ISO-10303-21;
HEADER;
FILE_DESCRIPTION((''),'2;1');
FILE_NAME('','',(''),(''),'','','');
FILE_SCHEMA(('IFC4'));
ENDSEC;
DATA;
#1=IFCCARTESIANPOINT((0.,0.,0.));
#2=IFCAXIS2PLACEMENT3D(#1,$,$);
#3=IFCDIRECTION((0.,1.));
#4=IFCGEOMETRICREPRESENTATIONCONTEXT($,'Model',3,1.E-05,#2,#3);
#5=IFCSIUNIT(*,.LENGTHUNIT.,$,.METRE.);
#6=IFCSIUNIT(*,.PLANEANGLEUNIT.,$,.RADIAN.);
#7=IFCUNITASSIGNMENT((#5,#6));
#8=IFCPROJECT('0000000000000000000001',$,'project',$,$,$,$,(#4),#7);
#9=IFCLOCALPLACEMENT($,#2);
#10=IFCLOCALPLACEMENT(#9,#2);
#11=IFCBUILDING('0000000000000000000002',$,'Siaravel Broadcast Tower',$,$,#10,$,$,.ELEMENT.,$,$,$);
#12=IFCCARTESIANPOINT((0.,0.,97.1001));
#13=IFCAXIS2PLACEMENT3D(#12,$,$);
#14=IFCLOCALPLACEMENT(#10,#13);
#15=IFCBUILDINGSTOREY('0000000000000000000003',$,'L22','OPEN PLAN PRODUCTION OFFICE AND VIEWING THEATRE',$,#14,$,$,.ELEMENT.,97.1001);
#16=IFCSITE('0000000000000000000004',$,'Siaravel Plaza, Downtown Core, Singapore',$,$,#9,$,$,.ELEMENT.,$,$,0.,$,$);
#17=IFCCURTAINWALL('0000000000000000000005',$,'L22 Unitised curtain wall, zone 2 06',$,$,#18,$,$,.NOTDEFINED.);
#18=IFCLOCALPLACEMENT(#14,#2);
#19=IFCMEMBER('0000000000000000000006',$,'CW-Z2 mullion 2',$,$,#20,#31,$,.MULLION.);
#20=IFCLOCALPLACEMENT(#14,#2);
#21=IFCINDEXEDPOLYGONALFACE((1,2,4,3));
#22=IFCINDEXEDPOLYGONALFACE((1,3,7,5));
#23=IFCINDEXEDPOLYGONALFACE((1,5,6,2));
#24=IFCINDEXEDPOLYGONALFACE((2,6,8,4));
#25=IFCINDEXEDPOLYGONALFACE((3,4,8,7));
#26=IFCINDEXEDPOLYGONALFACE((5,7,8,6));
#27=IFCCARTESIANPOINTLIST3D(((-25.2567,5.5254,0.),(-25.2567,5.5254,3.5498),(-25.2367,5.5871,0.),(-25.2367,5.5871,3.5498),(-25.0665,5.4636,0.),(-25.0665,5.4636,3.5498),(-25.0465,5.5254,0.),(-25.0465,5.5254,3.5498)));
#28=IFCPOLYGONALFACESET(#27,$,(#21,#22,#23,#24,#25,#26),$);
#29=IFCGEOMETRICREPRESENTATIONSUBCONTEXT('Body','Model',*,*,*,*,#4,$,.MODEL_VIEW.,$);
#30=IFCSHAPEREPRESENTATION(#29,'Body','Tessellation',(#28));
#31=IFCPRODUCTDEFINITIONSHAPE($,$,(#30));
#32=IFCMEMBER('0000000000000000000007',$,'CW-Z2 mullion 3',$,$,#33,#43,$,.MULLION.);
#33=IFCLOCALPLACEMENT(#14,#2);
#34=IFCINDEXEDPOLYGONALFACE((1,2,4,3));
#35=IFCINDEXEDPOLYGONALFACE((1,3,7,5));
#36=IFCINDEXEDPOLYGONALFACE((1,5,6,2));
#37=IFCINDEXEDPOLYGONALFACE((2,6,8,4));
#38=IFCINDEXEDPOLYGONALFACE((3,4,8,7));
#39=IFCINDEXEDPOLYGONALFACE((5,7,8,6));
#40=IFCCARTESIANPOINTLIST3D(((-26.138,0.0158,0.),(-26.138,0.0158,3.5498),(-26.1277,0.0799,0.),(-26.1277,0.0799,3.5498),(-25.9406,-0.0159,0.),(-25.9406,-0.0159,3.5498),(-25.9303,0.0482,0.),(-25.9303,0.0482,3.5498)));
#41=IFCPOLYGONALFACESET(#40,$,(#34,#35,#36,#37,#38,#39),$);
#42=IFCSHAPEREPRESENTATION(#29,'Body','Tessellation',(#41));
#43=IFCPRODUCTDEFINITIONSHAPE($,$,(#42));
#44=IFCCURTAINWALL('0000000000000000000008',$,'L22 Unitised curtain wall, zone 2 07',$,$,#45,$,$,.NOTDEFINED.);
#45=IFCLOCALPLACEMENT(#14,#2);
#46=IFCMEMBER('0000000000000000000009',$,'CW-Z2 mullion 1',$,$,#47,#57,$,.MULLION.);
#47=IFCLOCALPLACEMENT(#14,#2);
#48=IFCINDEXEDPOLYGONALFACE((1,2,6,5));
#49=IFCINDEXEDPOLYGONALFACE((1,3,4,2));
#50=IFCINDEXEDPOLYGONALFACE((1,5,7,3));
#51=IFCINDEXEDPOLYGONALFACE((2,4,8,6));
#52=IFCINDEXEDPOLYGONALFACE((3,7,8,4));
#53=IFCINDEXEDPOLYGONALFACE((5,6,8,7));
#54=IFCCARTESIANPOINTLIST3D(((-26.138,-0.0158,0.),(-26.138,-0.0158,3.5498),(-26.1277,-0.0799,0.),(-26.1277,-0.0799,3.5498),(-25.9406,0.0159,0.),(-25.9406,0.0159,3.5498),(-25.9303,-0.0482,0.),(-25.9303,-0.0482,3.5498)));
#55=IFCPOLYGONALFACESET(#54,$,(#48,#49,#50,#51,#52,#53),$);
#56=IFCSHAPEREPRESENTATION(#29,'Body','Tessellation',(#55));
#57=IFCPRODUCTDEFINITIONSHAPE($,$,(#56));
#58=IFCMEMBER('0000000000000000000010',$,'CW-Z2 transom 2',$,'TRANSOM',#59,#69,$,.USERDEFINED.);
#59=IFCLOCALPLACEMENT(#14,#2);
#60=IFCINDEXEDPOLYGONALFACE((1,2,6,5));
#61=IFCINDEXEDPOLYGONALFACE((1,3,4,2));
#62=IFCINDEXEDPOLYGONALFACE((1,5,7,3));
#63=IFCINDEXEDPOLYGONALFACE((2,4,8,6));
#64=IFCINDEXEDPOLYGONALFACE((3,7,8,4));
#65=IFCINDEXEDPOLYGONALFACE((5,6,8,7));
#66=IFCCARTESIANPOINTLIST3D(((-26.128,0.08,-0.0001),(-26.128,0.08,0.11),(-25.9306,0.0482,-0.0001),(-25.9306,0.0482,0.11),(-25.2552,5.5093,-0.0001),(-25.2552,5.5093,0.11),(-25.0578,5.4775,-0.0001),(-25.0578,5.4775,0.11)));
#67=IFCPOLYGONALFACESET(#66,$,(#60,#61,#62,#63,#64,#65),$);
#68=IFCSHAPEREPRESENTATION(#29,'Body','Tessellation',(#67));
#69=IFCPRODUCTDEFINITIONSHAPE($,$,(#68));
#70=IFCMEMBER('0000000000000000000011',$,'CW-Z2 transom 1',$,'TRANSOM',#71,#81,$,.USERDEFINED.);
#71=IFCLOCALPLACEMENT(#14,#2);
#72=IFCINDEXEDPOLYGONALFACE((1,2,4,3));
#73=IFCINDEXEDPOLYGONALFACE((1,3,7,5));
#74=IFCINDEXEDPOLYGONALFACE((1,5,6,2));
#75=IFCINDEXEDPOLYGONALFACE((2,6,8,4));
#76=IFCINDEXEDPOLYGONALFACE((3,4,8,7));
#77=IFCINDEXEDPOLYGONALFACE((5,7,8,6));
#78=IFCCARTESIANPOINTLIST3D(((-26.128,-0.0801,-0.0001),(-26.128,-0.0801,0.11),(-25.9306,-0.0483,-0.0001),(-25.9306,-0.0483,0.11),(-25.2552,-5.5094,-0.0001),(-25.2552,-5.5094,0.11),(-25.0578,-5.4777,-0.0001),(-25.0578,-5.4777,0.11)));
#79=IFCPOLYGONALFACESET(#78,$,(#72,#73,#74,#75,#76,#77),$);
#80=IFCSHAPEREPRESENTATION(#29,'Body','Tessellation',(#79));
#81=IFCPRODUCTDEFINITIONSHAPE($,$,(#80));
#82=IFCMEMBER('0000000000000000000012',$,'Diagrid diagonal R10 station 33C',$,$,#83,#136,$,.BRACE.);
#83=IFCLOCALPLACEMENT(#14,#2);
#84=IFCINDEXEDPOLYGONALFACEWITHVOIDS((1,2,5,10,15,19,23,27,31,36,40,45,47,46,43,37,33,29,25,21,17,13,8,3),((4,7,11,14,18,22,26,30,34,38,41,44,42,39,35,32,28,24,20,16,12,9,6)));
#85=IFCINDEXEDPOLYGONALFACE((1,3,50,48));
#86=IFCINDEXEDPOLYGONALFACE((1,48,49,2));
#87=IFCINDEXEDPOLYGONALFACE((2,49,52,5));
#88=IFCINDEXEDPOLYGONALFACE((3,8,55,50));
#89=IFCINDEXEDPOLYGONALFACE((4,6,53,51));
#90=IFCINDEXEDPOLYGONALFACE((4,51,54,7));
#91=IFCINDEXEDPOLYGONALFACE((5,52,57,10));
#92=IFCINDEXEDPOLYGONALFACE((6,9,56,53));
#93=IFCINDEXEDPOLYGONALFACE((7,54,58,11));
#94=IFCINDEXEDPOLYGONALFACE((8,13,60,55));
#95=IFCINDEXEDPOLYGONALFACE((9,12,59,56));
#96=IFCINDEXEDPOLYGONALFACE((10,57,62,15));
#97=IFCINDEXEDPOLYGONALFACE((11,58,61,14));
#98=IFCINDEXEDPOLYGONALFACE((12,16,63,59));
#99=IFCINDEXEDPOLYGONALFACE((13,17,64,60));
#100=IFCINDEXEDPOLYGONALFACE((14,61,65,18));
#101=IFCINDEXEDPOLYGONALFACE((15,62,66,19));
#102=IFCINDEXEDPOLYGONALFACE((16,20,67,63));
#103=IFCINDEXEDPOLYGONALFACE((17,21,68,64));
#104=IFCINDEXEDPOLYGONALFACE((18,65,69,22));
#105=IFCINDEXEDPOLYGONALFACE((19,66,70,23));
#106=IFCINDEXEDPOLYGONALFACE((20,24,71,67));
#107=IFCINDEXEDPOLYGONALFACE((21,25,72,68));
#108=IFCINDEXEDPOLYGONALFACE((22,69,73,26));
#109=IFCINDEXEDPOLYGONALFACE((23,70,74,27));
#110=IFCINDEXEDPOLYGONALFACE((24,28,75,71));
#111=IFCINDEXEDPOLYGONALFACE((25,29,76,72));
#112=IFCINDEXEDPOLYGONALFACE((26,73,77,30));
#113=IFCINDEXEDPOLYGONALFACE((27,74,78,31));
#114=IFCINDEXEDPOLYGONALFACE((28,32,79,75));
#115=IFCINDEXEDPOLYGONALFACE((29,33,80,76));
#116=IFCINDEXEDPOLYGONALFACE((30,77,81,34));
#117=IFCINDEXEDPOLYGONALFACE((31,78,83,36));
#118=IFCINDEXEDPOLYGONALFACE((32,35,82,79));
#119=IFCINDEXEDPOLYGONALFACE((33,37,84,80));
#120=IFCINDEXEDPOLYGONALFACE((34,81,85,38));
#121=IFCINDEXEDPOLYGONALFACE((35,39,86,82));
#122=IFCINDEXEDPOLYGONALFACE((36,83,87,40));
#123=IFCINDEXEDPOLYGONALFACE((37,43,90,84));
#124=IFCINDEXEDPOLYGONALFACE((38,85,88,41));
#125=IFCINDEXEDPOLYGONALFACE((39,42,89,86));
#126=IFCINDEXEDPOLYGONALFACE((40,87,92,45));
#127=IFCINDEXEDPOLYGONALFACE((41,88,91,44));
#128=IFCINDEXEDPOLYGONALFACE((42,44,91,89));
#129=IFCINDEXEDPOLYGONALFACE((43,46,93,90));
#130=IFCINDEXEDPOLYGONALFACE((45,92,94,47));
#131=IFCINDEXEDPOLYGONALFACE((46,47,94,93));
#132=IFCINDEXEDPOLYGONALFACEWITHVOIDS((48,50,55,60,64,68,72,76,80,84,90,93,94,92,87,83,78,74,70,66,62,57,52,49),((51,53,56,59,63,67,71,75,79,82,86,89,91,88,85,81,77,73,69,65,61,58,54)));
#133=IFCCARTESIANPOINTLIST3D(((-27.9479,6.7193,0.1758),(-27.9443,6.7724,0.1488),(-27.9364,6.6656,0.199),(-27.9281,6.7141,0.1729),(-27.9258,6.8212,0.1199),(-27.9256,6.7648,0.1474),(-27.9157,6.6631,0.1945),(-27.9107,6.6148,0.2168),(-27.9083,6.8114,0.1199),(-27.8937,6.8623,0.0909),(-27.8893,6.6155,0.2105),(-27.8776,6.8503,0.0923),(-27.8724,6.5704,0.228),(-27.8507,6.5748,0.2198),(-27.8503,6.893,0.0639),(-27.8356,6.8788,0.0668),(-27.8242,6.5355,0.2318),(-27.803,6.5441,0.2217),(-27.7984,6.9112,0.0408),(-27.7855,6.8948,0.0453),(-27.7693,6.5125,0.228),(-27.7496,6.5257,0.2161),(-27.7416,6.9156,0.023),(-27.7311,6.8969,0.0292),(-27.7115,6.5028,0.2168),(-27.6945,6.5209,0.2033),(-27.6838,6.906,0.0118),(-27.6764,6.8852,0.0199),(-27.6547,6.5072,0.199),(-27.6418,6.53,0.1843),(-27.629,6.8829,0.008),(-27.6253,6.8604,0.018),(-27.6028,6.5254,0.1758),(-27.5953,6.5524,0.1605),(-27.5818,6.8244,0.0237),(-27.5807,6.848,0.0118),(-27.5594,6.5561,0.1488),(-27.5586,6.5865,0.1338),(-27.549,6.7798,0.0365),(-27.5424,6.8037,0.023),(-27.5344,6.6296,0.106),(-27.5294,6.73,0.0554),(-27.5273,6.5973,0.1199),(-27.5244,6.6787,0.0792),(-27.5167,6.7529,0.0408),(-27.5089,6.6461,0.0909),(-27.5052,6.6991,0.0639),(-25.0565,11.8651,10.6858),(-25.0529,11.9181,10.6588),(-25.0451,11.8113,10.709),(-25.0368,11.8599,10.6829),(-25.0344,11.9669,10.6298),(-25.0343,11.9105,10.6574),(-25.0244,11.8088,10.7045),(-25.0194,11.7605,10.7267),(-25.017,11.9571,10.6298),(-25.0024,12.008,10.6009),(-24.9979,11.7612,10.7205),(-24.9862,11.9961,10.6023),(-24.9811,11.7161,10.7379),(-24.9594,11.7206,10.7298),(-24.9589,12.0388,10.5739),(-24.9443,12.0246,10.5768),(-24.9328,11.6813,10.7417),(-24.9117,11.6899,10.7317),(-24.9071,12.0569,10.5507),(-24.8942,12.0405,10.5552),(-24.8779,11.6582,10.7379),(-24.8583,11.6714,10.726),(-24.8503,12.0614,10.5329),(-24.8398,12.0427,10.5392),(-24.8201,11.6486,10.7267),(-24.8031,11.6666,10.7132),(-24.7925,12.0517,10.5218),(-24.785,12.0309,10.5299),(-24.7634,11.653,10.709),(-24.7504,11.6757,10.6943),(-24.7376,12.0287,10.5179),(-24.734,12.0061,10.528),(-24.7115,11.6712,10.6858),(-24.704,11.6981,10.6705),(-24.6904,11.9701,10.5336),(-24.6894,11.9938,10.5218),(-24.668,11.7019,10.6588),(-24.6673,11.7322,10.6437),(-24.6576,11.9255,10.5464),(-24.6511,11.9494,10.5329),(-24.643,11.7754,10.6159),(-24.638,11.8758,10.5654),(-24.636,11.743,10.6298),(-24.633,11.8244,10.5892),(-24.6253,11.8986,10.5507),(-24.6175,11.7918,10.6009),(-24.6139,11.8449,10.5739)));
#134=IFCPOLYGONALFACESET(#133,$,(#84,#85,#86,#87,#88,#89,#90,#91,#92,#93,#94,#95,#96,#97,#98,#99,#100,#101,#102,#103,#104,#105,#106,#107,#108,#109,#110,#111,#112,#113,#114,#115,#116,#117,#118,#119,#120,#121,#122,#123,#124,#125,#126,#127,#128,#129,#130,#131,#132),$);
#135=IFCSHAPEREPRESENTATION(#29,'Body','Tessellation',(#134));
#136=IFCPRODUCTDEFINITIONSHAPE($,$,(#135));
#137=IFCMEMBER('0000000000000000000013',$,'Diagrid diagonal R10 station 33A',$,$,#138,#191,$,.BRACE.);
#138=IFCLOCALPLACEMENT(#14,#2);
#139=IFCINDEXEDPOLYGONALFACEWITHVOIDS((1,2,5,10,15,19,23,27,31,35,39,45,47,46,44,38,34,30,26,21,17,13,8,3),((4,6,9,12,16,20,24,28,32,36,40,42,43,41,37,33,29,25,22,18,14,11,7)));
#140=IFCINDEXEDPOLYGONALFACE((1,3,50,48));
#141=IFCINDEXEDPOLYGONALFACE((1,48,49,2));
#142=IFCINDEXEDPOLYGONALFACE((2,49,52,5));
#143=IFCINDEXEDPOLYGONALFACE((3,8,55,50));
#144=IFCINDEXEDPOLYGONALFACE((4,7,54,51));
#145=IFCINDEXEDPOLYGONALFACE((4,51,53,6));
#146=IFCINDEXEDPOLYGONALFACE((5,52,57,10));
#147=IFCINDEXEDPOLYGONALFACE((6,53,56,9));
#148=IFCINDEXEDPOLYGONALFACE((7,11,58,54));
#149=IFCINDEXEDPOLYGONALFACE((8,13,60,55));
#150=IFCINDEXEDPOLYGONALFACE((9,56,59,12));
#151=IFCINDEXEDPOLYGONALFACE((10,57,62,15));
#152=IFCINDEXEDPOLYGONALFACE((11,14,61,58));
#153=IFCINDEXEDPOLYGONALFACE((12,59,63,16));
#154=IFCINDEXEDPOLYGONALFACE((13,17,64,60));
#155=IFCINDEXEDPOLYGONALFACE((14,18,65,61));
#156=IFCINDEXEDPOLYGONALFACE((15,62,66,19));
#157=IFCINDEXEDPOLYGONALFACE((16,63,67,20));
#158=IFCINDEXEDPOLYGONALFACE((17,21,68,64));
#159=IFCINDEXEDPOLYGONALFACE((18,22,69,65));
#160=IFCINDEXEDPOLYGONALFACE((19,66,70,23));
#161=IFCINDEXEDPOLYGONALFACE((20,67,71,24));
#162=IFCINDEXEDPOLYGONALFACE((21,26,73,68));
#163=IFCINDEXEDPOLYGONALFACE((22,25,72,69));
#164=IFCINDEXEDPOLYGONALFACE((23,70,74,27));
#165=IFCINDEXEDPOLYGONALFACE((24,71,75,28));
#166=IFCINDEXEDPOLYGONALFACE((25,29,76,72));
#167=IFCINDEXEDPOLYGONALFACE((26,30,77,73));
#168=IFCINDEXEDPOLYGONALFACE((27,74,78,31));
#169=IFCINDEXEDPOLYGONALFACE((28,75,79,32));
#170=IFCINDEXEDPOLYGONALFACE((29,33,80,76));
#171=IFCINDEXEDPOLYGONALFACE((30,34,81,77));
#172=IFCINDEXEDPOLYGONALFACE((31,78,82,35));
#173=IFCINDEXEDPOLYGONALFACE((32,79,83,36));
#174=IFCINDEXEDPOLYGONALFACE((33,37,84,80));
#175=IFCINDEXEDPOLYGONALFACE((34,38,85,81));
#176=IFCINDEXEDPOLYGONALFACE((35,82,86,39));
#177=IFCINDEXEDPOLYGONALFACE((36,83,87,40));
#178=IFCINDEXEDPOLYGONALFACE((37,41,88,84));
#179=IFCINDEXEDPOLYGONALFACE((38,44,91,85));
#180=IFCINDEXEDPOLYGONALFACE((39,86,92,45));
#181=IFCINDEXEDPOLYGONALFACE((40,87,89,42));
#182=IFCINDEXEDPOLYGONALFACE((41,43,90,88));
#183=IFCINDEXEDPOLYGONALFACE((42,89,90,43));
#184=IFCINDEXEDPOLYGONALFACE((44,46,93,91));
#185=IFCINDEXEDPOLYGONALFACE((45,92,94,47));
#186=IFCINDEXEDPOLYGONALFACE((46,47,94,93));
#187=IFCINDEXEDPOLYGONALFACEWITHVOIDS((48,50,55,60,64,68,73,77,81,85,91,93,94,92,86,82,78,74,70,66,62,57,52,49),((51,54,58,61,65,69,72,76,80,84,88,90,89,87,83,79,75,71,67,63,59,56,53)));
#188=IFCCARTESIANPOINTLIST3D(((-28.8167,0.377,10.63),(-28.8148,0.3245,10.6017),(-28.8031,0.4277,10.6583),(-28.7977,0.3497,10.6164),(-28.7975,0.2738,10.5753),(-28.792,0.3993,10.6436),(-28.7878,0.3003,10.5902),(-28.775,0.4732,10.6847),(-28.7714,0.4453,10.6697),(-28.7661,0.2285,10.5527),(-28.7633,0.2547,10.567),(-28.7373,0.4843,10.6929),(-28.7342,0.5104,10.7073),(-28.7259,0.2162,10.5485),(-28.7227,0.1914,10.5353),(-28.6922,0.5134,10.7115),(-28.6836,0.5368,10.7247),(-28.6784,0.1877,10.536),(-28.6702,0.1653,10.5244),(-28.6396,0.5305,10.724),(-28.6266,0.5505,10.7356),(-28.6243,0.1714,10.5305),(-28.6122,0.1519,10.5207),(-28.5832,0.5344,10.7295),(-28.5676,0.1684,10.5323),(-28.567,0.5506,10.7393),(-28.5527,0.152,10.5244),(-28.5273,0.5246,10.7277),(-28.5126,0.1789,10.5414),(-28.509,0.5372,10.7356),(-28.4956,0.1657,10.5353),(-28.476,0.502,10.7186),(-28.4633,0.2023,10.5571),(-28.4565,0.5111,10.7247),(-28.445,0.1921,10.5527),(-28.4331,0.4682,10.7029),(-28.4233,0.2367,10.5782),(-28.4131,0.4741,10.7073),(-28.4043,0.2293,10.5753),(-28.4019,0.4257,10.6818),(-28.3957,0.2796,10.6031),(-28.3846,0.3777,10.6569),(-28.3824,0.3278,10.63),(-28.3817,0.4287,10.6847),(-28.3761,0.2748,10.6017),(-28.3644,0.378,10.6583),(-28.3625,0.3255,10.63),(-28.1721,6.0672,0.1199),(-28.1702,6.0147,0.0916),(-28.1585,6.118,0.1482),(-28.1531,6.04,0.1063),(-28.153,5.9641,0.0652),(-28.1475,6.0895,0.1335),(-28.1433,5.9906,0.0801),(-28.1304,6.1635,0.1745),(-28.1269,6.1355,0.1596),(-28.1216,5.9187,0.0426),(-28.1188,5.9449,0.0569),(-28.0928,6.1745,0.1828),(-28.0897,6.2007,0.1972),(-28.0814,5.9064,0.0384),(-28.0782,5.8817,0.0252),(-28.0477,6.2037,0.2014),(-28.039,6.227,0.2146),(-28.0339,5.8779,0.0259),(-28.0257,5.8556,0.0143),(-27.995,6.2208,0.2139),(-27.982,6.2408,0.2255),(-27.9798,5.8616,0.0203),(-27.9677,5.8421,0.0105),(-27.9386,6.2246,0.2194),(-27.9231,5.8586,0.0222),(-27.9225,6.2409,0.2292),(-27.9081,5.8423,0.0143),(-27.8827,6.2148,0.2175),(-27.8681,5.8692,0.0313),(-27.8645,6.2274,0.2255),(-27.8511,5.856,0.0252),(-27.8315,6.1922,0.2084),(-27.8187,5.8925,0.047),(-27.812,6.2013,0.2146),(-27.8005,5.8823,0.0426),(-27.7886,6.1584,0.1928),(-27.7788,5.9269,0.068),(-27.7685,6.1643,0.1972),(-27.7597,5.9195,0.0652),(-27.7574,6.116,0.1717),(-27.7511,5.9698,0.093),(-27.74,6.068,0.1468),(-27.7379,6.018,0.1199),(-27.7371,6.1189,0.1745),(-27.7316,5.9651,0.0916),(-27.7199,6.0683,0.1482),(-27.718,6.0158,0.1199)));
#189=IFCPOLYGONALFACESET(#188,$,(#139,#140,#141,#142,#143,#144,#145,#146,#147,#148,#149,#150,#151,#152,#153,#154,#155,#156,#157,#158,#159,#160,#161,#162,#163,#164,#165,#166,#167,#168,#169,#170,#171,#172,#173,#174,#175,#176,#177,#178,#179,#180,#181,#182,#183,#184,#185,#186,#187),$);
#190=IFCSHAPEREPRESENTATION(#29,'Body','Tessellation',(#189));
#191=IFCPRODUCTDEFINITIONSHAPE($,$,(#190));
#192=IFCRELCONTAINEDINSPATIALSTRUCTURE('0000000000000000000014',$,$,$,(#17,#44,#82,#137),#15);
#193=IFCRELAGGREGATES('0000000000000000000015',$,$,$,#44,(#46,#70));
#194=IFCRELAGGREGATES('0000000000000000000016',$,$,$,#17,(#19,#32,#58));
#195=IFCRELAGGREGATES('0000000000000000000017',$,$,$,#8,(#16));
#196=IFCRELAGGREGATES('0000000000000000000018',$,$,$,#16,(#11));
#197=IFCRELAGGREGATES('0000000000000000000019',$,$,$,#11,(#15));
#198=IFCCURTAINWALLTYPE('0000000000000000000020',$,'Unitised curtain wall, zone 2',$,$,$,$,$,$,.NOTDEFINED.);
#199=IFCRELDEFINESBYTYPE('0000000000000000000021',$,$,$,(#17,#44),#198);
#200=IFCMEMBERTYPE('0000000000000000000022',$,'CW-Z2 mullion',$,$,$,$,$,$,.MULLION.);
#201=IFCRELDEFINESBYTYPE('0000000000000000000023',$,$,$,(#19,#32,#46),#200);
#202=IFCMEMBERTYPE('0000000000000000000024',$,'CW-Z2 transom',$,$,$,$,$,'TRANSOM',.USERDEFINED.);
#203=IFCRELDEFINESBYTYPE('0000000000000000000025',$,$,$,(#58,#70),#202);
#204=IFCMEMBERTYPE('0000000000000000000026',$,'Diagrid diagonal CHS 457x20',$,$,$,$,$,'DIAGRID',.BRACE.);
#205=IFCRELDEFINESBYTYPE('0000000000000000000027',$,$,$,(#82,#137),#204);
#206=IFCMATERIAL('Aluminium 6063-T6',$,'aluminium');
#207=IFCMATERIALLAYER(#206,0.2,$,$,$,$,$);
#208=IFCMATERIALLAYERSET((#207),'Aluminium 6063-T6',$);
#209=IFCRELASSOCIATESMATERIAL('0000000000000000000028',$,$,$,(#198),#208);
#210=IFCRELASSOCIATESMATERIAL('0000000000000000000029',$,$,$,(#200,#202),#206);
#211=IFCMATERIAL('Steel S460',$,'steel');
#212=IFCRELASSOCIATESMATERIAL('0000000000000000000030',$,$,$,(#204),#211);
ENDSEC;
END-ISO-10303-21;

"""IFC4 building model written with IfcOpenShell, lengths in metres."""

from ifc_helpers import new_model, si_unit, direction, frame, origin, origin_2d, place, context, subcontext, project, spatial, rectangle, hollow_circle, extrude, material, layer, layer_set, material_profile, profile_set, type_object, element, aggregate, save


model = new_model("IFC4")

# Units and contexts
model_context = context("Model", 3, precision=1e-05, world=origin(), true_north=direction((0.0, 1.0)))
body_context = subcontext(model_context, "Body", "Model", "MODEL_VIEW")
ifc_project = project(units=[si_unit("LENGTHUNIT", "METRE"), si_unit("PLANEANGLEUNIT", "RADIAN")], contexts=[model_context])

# Site, building, storey
site_placement = place(None, origin())
site = spatial("IfcSite", under=ifc_project, at=site_placement, Name="Siaravel Plaza, Downtown Core, Singapore", CompositionType="ELEMENT", RefElevation=0.0)
building_placement = place(site_placement, origin())
building = spatial("IfcBuilding", under=site, at=building_placement, Name="Siaravel Broadcast Tower", CompositionType="ELEMENT")
storey_placement = place(building_placement, frame((0.0, 0.0, 97.1001)))
storey = spatial("IfcBuildingStorey", under=building, at=storey_placement, Name="L22", Description="OPEN PLAN PRODUCTION OFFICE AND VIEWING THEATRE", CompositionType="ELEMENT", Elevation=97.1001)

# Curtain wall, members
ifc_material_1 = material(Name="Aluminium 6063-T6", Category="aluminium")
ifc_layer_1 = layer(ifc_material_1, 0.2)
ifc_layer_set_1 = layer_set([ifc_layer_1], Name="Aluminium 6063-T6")
curtain_wall_type = type_object("IfcCurtainWallType", Name="Unitised curtain wall, zone 2", PredefinedType="NOTDEFINED", material=ifc_layer_set_1)
curtain_wall_1_placement = place(storey_placement, origin())
curtain_wall_1 = element("IfcCurtainWall", 1, at=curtain_wall_1_placement, inside=storey, type_object=curtain_wall_type, Name="L22 Unitised curtain wall, zone 2 06", PredefinedType="NOTDEFINED")
ifc_material_profile_1 = material_profile(ifc_material_1, rectangle(XDim=0.2, YDim=0.0649, at=origin_2d()))
ifc_profile_set_1 = profile_set([ifc_material_profile_1], Name="Aluminium 6063-T6")
member_type_1 = type_object("IfcMemberType", Name="CW-Z2 mullion", PredefinedType="MULLION", material=ifc_profile_set_1)
member_1_placement = place(storey_placement, frame((-25.1516, 5.5254, 0.0), z_axis=(0.0, 0.0, 1.0), x_axis=(0.951177, -0.308646, 0.0)))
member_1 = element("IfcMember", 2, at=member_1_placement, type_object=member_type_1, Name="CW-Z2 mullion 2", PredefinedType="MULLION", context=body_context, shape_type="SweptSolid", body=[
    extrude(rectangle(XDim=0.2, YDim=0.0649, at=origin_2d()), origin(), (0.0, 0.0, 1.0), 3.5498),
])
member_2_placement = place(storey_placement, frame((-26.0342, 0.032, 0.0), z_axis=(0.0, 0.0, 1.0), x_axis=(0.987329, -0.158686, 0.0)))
member_2 = element("IfcMember", 3, at=member_2_placement, type_object=member_type_1, Name="CW-Z2 mullion 3", PredefinedType="MULLION", context=body_context, shape_type="SweptSolid", body=[
    extrude(rectangle(XDim=0.2, YDim=0.0649, at=origin_2d()), origin(), (0.0, 0.0, 1.0), 3.5498),
])

# Curtain wall, member
curtain_wall_2_placement = place(storey_placement, origin())
curtain_wall_2 = element("IfcCurtainWall", 4, at=curtain_wall_2_placement, inside=storey, type_object=curtain_wall_type, Name="L22 Unitised curtain wall, zone 2 07", PredefinedType="NOTDEFINED")
member_3_placement = place(storey_placement, frame((-26.0342, -0.032, 0.0), z_axis=(0.0, 0.0, 1.0), x_axis=(0.987329, 0.158686, 0.0)))
member_3 = element("IfcMember", 5, at=member_3_placement, type_object=member_type_1, Name="CW-Z2 mullion 1", PredefinedType="MULLION", context=body_context, shape_type="SweptSolid", body=[
    extrude(rectangle(XDim=0.2, YDim=0.0649, at=origin_2d()), origin(), (0.0, 0.0, 1.0), 3.5498),
])

# Members
ifc_material_profile_2 = material_profile(ifc_material_1, rectangle(XDim=0.2, YDim=0.1101, at=origin_2d()))
ifc_profile_set_2 = profile_set([ifc_material_profile_2], Name="Aluminium 6063-T6")
member_type_2 = type_object("IfcMemberType", Name="CW-Z2 transom", ElementType="TRANSOM", PredefinedType="USERDEFINED", material=ifc_profile_set_2)
member_4_placement = place(storey_placement, frame((-25.1565, 5.4934, 0.0549), z_axis=(-0.158723, -0.987323, 0.0), x_axis=(0.987323, -0.158723, 0.0)))
member_4 = element("IfcMember", 6, at=member_4_placement, type_object=member_type_2, Name="CW-Z2 transom 2", ObjectType="TRANSOM", PredefinedType="USERDEFINED", context=body_context, shape_type="SweptSolid", body=[
    extrude(rectangle(XDim=0.2, YDim=0.1101, at=origin_2d()), origin(), (0.0, 0.0, 1.0), 5.499),
])
member_5_placement = place(storey_placement, frame((-26.0293, -0.0642, 0.0549), z_axis=(0.158723, -0.987323, 0.0), x_axis=(0.987323, 0.158723, 0.0)))
member_5 = element("IfcMember", 7, at=member_5_placement, type_object=member_type_2, Name="CW-Z2 transom 1", ObjectType="TRANSOM", PredefinedType="USERDEFINED", context=body_context, shape_type="SweptSolid", body=[
    extrude(rectangle(XDim=0.2, YDim=0.1101, at=origin_2d()), origin(), (0.0, 0.0, 1.0), 5.499),
])
aggregate(curtain_wall_2, [member_3, member_5])

# Members
ifc_material_2 = material(Name="Steel S460", Category="steel")
ifc_material_profile_3 = material_profile(ifc_material_2, hollow_circle(Radius=0.2285, WallThickness=0.02, at=origin_2d()))
ifc_profile_set_3 = profile_set([ifc_material_profile_3], Name="Steel S460")
member_type_3 = type_object("IfcMemberType", Name="Diagrid diagonal CHS 457x20", ElementType="DIAGRID", PredefinedType="BRACE", material=ifc_profile_set_3)
member_6_placement = place(storey_placement, frame((-27.7266, 6.7092, 0.1199), z_axis=(0.239867, 0.426892, 0.87191), x_axis=(-0.871802, 0.489859, 0.0)))
element("IfcMember", 8, at=member_6_placement, inside=storey, type_object=member_type_3, Name="Diagrid diagonal R10 station 33C", PredefinedType="BRACE", context=body_context, shape_type="SweptSolid", body=[
    extrude(hollow_circle(Radius=0.2285, WallThickness=0.02, at=origin_2d()), origin(), (0.0, 0.0, 1.0), 12.054),
])
member_7_placement = place(storey_placement, frame((-27.9451, 6.0415, 0.1199), z_axis=(-0.053851, -0.475415, 0.878112), x_axis=(0.993646, -0.112551, 0.0)))
element("IfcMember", 9, at=member_7_placement, inside=storey, type_object=member_type_3, Name="Diagrid diagonal R10 station 33A", PredefinedType="BRACE", context=body_context, shape_type="SweptSolid", body=[
    extrude(hollow_circle(Radius=0.2285, WallThickness=0.02, at=origin_2d()), origin(), (0.0, 0.0, 1.0), 11.969),
])

aggregate(curtain_wall_1, [member_1, member_2, member_4])

save(model, "model.ifc")
